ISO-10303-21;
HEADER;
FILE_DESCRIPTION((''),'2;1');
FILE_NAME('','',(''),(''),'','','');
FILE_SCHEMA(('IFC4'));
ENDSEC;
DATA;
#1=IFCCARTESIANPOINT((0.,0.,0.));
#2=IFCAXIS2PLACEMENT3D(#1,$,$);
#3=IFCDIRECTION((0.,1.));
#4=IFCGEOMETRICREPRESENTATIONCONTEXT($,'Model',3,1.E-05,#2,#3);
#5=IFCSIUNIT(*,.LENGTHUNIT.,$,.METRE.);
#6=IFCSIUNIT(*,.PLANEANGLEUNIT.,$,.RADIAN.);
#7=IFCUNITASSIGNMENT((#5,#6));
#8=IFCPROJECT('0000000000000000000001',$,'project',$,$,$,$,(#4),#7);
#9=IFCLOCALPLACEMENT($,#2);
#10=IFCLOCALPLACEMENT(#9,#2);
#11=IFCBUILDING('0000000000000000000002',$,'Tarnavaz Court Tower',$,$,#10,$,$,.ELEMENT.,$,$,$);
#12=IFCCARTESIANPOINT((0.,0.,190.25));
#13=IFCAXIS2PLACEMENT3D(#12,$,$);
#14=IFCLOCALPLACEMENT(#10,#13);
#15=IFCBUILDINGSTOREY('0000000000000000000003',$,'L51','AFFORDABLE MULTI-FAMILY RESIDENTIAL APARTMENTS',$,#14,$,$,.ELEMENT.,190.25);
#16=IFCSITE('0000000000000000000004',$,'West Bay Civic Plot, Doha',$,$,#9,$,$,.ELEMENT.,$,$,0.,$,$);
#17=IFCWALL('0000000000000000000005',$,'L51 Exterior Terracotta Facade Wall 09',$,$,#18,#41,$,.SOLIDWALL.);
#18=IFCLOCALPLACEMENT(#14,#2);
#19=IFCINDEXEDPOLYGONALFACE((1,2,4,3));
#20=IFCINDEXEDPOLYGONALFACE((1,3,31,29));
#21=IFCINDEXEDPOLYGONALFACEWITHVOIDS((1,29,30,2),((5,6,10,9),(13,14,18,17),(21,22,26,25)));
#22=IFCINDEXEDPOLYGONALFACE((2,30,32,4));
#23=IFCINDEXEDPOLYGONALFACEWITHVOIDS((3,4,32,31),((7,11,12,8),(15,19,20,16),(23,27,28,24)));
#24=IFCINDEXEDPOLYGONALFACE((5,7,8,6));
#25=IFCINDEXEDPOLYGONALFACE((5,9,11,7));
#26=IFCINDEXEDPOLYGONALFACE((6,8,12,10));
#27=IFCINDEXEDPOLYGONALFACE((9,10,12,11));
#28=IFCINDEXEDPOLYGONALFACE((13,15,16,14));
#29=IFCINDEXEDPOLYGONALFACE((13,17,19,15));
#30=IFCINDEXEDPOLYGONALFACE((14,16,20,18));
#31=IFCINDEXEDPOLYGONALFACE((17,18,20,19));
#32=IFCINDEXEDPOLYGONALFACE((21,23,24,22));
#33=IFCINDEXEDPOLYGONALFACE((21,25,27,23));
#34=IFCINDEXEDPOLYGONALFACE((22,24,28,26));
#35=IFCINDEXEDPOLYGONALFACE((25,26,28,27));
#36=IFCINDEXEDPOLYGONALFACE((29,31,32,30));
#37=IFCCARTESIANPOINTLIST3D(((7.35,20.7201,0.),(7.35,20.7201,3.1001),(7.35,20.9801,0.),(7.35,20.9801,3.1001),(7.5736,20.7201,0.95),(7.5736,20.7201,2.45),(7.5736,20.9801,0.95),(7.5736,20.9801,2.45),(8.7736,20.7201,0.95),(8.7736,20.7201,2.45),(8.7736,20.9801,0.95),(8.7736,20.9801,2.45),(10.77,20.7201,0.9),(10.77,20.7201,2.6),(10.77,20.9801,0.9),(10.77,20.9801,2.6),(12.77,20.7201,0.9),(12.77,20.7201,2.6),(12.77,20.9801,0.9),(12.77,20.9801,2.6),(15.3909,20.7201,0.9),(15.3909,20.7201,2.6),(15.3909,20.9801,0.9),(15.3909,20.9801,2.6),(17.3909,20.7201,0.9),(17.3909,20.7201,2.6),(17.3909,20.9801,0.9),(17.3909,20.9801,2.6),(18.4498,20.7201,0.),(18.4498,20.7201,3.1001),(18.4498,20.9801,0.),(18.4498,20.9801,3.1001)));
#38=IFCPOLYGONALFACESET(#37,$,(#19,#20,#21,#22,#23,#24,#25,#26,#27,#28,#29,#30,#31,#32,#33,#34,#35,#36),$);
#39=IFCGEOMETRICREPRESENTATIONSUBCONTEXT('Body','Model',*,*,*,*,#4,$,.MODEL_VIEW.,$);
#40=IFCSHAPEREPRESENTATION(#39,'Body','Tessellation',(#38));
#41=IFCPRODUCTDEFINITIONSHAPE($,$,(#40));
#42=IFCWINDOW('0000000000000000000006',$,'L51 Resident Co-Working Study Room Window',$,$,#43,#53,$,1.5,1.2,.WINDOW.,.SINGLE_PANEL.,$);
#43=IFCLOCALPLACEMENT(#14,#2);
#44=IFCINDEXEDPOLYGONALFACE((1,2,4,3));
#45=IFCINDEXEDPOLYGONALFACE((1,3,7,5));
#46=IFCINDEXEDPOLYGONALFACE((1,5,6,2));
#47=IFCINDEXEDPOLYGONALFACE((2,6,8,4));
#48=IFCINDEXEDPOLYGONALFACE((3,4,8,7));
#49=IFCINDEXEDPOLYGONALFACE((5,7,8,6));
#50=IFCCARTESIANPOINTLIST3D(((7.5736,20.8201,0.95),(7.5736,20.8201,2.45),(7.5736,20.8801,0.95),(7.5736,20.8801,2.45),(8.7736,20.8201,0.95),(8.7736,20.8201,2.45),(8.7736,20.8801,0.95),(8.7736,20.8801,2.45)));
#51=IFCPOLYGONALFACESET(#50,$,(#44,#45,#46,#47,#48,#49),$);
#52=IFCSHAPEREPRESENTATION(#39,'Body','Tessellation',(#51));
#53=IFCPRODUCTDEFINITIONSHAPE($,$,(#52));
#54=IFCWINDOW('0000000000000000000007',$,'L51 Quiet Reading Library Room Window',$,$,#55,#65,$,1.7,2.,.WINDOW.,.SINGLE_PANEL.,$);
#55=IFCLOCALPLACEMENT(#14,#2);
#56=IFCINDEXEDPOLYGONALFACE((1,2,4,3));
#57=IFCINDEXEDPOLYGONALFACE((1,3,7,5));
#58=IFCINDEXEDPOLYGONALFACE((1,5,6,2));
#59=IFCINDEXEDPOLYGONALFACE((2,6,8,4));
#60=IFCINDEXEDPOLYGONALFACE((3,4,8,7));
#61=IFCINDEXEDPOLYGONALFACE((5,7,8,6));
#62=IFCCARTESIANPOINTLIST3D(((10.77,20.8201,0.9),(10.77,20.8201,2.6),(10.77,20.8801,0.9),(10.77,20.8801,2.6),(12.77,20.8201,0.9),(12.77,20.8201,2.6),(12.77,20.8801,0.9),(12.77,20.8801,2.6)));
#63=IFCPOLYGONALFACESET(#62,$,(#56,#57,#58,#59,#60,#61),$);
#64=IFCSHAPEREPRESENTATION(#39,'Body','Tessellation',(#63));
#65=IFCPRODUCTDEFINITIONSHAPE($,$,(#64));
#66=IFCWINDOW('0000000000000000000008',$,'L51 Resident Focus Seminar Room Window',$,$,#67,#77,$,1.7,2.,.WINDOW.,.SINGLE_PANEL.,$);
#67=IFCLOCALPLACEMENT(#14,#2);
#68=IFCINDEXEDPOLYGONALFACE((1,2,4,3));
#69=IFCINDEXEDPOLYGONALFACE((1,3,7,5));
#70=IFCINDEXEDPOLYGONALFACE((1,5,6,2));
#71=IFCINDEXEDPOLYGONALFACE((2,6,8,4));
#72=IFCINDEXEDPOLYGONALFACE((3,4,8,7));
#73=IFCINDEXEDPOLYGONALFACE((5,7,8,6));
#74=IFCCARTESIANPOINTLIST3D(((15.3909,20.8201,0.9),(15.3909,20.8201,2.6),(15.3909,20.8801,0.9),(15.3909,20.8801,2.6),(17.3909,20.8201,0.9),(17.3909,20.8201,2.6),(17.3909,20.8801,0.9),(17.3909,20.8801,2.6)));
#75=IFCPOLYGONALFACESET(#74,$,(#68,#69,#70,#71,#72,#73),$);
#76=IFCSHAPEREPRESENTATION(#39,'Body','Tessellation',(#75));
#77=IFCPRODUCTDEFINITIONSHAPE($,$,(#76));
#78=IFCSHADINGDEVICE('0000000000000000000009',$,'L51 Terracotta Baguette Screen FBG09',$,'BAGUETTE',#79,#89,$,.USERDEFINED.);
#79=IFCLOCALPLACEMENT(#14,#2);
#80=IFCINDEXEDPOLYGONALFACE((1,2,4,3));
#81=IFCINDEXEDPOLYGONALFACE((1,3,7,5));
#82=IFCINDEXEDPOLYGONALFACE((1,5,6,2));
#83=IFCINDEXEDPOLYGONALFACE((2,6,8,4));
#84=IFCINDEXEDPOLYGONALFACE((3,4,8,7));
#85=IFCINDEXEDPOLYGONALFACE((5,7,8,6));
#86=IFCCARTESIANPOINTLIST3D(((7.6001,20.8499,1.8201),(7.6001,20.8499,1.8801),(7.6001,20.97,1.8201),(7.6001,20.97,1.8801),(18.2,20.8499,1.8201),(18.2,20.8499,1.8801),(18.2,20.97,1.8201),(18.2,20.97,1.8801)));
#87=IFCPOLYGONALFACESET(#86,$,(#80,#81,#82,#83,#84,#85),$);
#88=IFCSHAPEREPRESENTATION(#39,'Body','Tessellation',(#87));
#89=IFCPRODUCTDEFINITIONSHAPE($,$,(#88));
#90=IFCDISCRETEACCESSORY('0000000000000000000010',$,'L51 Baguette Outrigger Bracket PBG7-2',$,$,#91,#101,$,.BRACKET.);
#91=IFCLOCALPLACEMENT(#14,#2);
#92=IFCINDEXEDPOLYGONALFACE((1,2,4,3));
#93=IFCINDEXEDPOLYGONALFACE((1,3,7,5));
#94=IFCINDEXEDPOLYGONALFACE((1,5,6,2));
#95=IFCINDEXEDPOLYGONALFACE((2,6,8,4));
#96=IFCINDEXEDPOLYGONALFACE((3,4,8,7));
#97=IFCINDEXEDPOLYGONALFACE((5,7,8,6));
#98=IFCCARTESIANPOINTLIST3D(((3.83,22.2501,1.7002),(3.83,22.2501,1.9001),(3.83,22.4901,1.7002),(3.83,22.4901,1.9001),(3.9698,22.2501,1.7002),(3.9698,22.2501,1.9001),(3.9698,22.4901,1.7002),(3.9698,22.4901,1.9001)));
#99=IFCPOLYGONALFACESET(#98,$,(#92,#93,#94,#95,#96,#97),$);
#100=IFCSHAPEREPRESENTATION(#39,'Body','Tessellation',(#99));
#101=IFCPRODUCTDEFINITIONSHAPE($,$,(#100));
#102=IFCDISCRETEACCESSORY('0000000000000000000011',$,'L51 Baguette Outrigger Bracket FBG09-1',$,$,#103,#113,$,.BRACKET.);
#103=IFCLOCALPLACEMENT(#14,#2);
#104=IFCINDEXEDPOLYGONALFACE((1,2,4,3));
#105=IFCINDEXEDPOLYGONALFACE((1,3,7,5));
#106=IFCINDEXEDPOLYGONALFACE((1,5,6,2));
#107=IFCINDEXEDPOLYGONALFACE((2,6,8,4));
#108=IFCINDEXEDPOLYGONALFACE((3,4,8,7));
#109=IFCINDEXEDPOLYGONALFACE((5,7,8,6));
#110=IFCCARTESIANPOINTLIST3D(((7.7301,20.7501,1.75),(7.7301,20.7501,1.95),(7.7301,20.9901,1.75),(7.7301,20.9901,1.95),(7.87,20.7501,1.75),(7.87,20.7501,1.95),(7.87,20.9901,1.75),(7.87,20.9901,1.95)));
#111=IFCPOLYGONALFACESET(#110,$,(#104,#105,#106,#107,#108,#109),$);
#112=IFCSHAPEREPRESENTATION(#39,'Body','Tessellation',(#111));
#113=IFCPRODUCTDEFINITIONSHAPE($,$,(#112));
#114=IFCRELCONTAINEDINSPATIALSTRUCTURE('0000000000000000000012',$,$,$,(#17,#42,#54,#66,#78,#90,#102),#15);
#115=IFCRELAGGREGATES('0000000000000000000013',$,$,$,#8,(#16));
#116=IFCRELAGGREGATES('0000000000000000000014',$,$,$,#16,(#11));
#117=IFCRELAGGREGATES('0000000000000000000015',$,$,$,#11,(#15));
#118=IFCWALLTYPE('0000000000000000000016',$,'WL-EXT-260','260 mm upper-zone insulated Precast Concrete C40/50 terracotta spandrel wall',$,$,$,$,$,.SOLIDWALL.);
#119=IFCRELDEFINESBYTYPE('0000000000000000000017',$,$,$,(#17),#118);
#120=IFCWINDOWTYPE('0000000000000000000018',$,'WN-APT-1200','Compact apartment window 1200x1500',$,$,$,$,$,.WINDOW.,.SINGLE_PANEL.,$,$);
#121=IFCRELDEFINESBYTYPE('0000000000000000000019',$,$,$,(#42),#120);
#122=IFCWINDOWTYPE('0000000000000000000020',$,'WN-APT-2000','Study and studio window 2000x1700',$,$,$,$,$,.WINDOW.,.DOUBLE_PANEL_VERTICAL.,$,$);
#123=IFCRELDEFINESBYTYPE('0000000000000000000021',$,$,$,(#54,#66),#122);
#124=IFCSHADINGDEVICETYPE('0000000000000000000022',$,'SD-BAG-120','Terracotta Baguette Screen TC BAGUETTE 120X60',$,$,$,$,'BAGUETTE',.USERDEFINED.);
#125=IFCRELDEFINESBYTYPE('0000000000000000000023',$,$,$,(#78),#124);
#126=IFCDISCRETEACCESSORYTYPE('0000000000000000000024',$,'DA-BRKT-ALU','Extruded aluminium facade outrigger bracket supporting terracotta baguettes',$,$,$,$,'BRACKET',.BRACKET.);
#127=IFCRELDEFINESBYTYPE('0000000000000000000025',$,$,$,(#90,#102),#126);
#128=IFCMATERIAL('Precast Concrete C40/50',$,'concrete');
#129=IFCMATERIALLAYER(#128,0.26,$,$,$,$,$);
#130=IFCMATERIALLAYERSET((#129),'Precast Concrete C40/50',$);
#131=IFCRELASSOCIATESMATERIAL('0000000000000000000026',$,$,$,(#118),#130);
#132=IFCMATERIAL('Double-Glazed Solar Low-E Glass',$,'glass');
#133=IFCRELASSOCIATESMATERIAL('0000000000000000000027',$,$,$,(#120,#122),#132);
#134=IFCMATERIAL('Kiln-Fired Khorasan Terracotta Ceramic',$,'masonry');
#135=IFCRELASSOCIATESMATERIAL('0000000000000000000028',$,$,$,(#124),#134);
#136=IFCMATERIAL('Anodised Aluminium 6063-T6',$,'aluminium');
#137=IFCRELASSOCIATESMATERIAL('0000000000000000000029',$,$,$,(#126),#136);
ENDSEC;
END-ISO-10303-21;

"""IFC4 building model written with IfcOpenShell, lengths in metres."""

from ifc_helpers import new_model, si_unit, direction, frame, frame_2d, origin, origin_2d, place, context, subcontext, project, spatial, rectangle, extrude, material, layer, layer_set, material_profile, profile_set, type_object, element, fill, save


model = new_model("IFC4")

# Units and contexts
model_context = context("Model", 3, precision=1e-05, world=origin(), true_north=direction((0.0, 1.0)))
body_context = subcontext(model_context, "Body", "Model", "MODEL_VIEW")
ifc_project = project(units=[si_unit("LENGTHUNIT", "METRE"), si_unit("PLANEANGLEUNIT", "RADIAN")], contexts=[model_context])

# Site, building, storey
site_placement = place(None, origin())
site = spatial("IfcSite", under=ifc_project, at=site_placement, Name="West Bay Civic Plot, Doha", CompositionType="ELEMENT", RefElevation=0.0)
building_placement = place(site_placement, origin())
building = spatial("IfcBuilding", under=site, at=building_placement, Name="Tarnavaz Court Tower", CompositionType="ELEMENT")
storey_placement = place(building_placement, frame((0.0, 0.0, 190.25)))
storey = spatial("IfcBuildingStorey", under=building, at=storey_placement, Name="L51", Description="AFFORDABLE MULTI-FAMILY RESIDENTIAL APARTMENTS", CompositionType="ELEMENT", Elevation=190.25)

# Shared definitions
ifc_material_1 = material(Name="Anodised Aluminium 6063-T6", Category="aluminium")
ifc_material_2 = material(Name="Double-Glazed Solar Low-E Glass", Category="glass")

# Shared definitions
ifc_material_3 = material(Name="Precast Concrete C40/50", Category="concrete")
ifc_layer_1 = layer(ifc_material_3, 0.26)
ifc_layer_set_1 = layer_set([ifc_layer_1], Name="Precast Concrete C40/50")
wall_type = type_object("IfcWallType", Name="WL-EXT-260", Description="260 mm upper-zone insulated Precast Concrete C40/50 terracotta spandrel wall", PredefinedType="SOLIDWALL", material=ifc_layer_set_1)
window_type_1 = type_object("IfcWindowType", Name="WN-APT-1200", Description="Compact apartment window 1200x1500", PartitioningType="SINGLE_PANEL", PredefinedType="WINDOW", material=ifc_material_2)

# Wall, openings, windows
wall_1_placement = place(storey_placement, frame((7.3501, 20.8501, 0.0), z_axis=(0.0, 0.0, 1.0), x_axis=(1.0, 0.0, 0.0)))
wall_1 = element("IfcWall", 1, at=wall_1_placement, inside=storey, type_object=wall_type, Name="L51 Exterior Terracotta Facade Wall 09", PredefinedType="SOLIDWALL", context=body_context, shape_type="SweptSolid", body=[
    extrude(rectangle(XDim=11.0999, YDim=0.26, at=frame_2d((5.5498, 0.0))), origin(), (0.0, 0.0, 1.0), 3.1001),
])
opening_1_placement = place(wall_1_placement, frame((0.2234, 0.0, 0.95)))
opening_1 = element("IfcOpeningElement", 2, at=opening_1_placement, cuts=wall_1, PredefinedType="OPENING", context=body_context, shape_type="SweptSolid", body=[
    extrude(rectangle(XDim=1.2, YDim=1.5, at=frame_2d((0.6001, 0.75))), frame((0.0, 0.1399, 0.0), z_axis=(0.0, -1.0, 0.0), x_axis=(1.0, 0.0, 0.0)), (0.0, 0.0, 1.0), 0.28),
])
opening_2_placement = place(wall_1_placement, frame((3.4199, 0.0, 0.8999)))
opening_2 = element("IfcOpeningElement", 3, at=opening_2_placement, cuts=wall_1, PredefinedType="OPENING", context=body_context, shape_type="SweptSolid", body=[
    extrude(rectangle(XDim=2.0, YDim=1.7, at=frame_2d((1.0, 0.8501))), frame((0.0, 0.1399, 0.0), z_axis=(0.0, -1.0, 0.0), x_axis=(1.0, 0.0, 0.0)), (0.0, 0.0, 1.0), 0.28),
])
opening_3_placement = place(wall_1_placement, frame((8.0408, 0.0, 0.8999)))
opening_3 = element("IfcOpeningElement", 4, at=opening_3_placement, cuts=wall_1, PredefinedType="OPENING", context=body_context, shape_type="SweptSolid", body=[
    extrude(rectangle(XDim=2.0, YDim=1.7, at=frame_2d((1.0, 0.8501))), frame((0.0, 0.1399, 0.0), z_axis=(0.0, -1.0, 0.0), x_axis=(1.0, 0.0, 0.0)), (0.0, 0.0, 1.0), 0.28),
])
window_1_placement = place(opening_1_placement, origin())
window_1 = element("IfcWindow", 5, at=window_1_placement, inside=storey, type_object=window_type_1, Name="L51 Resident Co-Working Study Room Window", OverallHeight=1.5, OverallWidth=1.2, PartitioningType="SINGLE_PANEL", PredefinedType="WINDOW", context=body_context, shape_type="SweptSolid", body=[
    extrude(rectangle(XDim=1.2, YDim=1.5, at=frame_2d((0.6001, 0.75))), frame((0.0, 0.03, 0.0), z_axis=(0.0, -1.0, 0.0), x_axis=(1.0, 0.0, 0.0)), (0.0, 0.0, 1.0), 0.0601),
])
fill(opening_1, window_1)
window_type_2 = type_object("IfcWindowType", Name="WN-APT-2000", Description="Study and studio window 2000x1700", PartitioningType="DOUBLE_PANEL_VERTICAL", PredefinedType="WINDOW", material=ifc_material_2)
window_2_placement = place(opening_2_placement, origin())
window_2 = element("IfcWindow", 6, at=window_2_placement, inside=storey, type_object=window_type_2, Name="L51 Quiet Reading Library Room Window", OverallHeight=1.7, OverallWidth=2.0, PartitioningType="SINGLE_PANEL", PredefinedType="WINDOW", context=body_context, shape_type="SweptSolid", body=[
    extrude(rectangle(XDim=2.0, YDim=1.7, at=frame_2d((1.0, 0.8501))), frame((0.0, 0.03, 0.0), z_axis=(0.0, -1.0, 0.0), x_axis=(1.0, 0.0, 0.0)), (0.0, 0.0, 1.0), 0.0601),
])
fill(opening_2, window_2)
window_3_placement = place(opening_3_placement, origin())
window_3 = element("IfcWindow", 7, at=window_3_placement, inside=storey, type_object=window_type_2, Name="L51 Resident Focus Seminar Room Window", OverallHeight=1.7, OverallWidth=2.0, PartitioningType="SINGLE_PANEL", PredefinedType="WINDOW", context=body_context, shape_type="SweptSolid", body=[
    extrude(rectangle(XDim=2.0, YDim=1.7, at=frame_2d((1.0, 0.8501))), frame((0.0, 0.03, 0.0), z_axis=(0.0, -1.0, 0.0), x_axis=(1.0, 0.0, 0.0)), (0.0, 0.0, 1.0), 0.0601),
])
fill(opening_3, window_3)

# Shading device
ifc_material_4 = material(Name="Kiln-Fired Khorasan Terracotta Ceramic", Category="masonry")
ifc_material_profile_1 = material_profile(ifc_material_4, rectangle(XDim=0.1201, YDim=0.0601, at=origin_2d()), Name="TC BAGUETTE 120X60")
ifc_profile_set_1 = profile_set([ifc_material_profile_1], Name="Kiln-Fired Khorasan Terracotta Ceramic")
shading_device_type = type_object("IfcShadingDeviceType", Name="SD-BAG-120", Description="Terracotta Baguette Screen TC BAGUETTE 120X60", ElementType="BAGUETTE", PredefinedType="USERDEFINED", material=ifc_profile_set_1)
shading_device_placement = place(storey_placement, frame((7.6001, 20.9099, 1.8501), z_axis=(1.0, 0.0, 0.0), x_axis=(0.0, 1.0, 0.0)))
element("IfcShadingDevice", 8, at=shading_device_placement, inside=storey, type_object=shading_device_type, Name="L51 Terracotta Baguette Screen FBG09", ObjectType="BAGUETTE", PredefinedType="USERDEFINED", context=body_context, shape_type="SweptSolid", body=[
    extrude(rectangle(XDim=0.1201, YDim=0.0601, at=origin_2d()), origin(), (0.0, 0.0, 1.0), 10.5999),
])

# Discrete accessories
discrete_accessory_type = type_object("IfcDiscreteAccessoryType", Name="DA-BRKT-ALU", Description="Extruded aluminium facade outrigger bracket supporting terracotta baguettes", ElementType="BRACKET", PredefinedType="BRACKET", material=ifc_material_1)
for number, where, z_axis, x_axis, name in (
    (9, (3.8999, 22.3701, 1.7002), (0.0, 0.0, 1.0), (1.0, 0.0, 0.0), "L51 Baguette Outrigger Bracket PBG7-2"),
    (10, (7.8, 20.8701, 1.75), (0.0, 0.0, 1.0), (1.0, 0.0, 0.0), "L51 Baguette Outrigger Bracket FBG09-1"),
):
    element("IfcDiscreteAccessory", number, at=place(storey_placement, frame(where, z_axis=z_axis, x_axis=x_axis)), inside=storey, type_object=discrete_accessory_type, Name=name, PredefinedType="BRACKET", context=body_context, shape_type="SweptSolid", body=[
        extrude(rectangle(XDim=0.1399, YDim=0.24, at=origin_2d()), origin(), (0.0, 0.0, 1.0), 0.2),
    ])

save(model, "model.ifc")
